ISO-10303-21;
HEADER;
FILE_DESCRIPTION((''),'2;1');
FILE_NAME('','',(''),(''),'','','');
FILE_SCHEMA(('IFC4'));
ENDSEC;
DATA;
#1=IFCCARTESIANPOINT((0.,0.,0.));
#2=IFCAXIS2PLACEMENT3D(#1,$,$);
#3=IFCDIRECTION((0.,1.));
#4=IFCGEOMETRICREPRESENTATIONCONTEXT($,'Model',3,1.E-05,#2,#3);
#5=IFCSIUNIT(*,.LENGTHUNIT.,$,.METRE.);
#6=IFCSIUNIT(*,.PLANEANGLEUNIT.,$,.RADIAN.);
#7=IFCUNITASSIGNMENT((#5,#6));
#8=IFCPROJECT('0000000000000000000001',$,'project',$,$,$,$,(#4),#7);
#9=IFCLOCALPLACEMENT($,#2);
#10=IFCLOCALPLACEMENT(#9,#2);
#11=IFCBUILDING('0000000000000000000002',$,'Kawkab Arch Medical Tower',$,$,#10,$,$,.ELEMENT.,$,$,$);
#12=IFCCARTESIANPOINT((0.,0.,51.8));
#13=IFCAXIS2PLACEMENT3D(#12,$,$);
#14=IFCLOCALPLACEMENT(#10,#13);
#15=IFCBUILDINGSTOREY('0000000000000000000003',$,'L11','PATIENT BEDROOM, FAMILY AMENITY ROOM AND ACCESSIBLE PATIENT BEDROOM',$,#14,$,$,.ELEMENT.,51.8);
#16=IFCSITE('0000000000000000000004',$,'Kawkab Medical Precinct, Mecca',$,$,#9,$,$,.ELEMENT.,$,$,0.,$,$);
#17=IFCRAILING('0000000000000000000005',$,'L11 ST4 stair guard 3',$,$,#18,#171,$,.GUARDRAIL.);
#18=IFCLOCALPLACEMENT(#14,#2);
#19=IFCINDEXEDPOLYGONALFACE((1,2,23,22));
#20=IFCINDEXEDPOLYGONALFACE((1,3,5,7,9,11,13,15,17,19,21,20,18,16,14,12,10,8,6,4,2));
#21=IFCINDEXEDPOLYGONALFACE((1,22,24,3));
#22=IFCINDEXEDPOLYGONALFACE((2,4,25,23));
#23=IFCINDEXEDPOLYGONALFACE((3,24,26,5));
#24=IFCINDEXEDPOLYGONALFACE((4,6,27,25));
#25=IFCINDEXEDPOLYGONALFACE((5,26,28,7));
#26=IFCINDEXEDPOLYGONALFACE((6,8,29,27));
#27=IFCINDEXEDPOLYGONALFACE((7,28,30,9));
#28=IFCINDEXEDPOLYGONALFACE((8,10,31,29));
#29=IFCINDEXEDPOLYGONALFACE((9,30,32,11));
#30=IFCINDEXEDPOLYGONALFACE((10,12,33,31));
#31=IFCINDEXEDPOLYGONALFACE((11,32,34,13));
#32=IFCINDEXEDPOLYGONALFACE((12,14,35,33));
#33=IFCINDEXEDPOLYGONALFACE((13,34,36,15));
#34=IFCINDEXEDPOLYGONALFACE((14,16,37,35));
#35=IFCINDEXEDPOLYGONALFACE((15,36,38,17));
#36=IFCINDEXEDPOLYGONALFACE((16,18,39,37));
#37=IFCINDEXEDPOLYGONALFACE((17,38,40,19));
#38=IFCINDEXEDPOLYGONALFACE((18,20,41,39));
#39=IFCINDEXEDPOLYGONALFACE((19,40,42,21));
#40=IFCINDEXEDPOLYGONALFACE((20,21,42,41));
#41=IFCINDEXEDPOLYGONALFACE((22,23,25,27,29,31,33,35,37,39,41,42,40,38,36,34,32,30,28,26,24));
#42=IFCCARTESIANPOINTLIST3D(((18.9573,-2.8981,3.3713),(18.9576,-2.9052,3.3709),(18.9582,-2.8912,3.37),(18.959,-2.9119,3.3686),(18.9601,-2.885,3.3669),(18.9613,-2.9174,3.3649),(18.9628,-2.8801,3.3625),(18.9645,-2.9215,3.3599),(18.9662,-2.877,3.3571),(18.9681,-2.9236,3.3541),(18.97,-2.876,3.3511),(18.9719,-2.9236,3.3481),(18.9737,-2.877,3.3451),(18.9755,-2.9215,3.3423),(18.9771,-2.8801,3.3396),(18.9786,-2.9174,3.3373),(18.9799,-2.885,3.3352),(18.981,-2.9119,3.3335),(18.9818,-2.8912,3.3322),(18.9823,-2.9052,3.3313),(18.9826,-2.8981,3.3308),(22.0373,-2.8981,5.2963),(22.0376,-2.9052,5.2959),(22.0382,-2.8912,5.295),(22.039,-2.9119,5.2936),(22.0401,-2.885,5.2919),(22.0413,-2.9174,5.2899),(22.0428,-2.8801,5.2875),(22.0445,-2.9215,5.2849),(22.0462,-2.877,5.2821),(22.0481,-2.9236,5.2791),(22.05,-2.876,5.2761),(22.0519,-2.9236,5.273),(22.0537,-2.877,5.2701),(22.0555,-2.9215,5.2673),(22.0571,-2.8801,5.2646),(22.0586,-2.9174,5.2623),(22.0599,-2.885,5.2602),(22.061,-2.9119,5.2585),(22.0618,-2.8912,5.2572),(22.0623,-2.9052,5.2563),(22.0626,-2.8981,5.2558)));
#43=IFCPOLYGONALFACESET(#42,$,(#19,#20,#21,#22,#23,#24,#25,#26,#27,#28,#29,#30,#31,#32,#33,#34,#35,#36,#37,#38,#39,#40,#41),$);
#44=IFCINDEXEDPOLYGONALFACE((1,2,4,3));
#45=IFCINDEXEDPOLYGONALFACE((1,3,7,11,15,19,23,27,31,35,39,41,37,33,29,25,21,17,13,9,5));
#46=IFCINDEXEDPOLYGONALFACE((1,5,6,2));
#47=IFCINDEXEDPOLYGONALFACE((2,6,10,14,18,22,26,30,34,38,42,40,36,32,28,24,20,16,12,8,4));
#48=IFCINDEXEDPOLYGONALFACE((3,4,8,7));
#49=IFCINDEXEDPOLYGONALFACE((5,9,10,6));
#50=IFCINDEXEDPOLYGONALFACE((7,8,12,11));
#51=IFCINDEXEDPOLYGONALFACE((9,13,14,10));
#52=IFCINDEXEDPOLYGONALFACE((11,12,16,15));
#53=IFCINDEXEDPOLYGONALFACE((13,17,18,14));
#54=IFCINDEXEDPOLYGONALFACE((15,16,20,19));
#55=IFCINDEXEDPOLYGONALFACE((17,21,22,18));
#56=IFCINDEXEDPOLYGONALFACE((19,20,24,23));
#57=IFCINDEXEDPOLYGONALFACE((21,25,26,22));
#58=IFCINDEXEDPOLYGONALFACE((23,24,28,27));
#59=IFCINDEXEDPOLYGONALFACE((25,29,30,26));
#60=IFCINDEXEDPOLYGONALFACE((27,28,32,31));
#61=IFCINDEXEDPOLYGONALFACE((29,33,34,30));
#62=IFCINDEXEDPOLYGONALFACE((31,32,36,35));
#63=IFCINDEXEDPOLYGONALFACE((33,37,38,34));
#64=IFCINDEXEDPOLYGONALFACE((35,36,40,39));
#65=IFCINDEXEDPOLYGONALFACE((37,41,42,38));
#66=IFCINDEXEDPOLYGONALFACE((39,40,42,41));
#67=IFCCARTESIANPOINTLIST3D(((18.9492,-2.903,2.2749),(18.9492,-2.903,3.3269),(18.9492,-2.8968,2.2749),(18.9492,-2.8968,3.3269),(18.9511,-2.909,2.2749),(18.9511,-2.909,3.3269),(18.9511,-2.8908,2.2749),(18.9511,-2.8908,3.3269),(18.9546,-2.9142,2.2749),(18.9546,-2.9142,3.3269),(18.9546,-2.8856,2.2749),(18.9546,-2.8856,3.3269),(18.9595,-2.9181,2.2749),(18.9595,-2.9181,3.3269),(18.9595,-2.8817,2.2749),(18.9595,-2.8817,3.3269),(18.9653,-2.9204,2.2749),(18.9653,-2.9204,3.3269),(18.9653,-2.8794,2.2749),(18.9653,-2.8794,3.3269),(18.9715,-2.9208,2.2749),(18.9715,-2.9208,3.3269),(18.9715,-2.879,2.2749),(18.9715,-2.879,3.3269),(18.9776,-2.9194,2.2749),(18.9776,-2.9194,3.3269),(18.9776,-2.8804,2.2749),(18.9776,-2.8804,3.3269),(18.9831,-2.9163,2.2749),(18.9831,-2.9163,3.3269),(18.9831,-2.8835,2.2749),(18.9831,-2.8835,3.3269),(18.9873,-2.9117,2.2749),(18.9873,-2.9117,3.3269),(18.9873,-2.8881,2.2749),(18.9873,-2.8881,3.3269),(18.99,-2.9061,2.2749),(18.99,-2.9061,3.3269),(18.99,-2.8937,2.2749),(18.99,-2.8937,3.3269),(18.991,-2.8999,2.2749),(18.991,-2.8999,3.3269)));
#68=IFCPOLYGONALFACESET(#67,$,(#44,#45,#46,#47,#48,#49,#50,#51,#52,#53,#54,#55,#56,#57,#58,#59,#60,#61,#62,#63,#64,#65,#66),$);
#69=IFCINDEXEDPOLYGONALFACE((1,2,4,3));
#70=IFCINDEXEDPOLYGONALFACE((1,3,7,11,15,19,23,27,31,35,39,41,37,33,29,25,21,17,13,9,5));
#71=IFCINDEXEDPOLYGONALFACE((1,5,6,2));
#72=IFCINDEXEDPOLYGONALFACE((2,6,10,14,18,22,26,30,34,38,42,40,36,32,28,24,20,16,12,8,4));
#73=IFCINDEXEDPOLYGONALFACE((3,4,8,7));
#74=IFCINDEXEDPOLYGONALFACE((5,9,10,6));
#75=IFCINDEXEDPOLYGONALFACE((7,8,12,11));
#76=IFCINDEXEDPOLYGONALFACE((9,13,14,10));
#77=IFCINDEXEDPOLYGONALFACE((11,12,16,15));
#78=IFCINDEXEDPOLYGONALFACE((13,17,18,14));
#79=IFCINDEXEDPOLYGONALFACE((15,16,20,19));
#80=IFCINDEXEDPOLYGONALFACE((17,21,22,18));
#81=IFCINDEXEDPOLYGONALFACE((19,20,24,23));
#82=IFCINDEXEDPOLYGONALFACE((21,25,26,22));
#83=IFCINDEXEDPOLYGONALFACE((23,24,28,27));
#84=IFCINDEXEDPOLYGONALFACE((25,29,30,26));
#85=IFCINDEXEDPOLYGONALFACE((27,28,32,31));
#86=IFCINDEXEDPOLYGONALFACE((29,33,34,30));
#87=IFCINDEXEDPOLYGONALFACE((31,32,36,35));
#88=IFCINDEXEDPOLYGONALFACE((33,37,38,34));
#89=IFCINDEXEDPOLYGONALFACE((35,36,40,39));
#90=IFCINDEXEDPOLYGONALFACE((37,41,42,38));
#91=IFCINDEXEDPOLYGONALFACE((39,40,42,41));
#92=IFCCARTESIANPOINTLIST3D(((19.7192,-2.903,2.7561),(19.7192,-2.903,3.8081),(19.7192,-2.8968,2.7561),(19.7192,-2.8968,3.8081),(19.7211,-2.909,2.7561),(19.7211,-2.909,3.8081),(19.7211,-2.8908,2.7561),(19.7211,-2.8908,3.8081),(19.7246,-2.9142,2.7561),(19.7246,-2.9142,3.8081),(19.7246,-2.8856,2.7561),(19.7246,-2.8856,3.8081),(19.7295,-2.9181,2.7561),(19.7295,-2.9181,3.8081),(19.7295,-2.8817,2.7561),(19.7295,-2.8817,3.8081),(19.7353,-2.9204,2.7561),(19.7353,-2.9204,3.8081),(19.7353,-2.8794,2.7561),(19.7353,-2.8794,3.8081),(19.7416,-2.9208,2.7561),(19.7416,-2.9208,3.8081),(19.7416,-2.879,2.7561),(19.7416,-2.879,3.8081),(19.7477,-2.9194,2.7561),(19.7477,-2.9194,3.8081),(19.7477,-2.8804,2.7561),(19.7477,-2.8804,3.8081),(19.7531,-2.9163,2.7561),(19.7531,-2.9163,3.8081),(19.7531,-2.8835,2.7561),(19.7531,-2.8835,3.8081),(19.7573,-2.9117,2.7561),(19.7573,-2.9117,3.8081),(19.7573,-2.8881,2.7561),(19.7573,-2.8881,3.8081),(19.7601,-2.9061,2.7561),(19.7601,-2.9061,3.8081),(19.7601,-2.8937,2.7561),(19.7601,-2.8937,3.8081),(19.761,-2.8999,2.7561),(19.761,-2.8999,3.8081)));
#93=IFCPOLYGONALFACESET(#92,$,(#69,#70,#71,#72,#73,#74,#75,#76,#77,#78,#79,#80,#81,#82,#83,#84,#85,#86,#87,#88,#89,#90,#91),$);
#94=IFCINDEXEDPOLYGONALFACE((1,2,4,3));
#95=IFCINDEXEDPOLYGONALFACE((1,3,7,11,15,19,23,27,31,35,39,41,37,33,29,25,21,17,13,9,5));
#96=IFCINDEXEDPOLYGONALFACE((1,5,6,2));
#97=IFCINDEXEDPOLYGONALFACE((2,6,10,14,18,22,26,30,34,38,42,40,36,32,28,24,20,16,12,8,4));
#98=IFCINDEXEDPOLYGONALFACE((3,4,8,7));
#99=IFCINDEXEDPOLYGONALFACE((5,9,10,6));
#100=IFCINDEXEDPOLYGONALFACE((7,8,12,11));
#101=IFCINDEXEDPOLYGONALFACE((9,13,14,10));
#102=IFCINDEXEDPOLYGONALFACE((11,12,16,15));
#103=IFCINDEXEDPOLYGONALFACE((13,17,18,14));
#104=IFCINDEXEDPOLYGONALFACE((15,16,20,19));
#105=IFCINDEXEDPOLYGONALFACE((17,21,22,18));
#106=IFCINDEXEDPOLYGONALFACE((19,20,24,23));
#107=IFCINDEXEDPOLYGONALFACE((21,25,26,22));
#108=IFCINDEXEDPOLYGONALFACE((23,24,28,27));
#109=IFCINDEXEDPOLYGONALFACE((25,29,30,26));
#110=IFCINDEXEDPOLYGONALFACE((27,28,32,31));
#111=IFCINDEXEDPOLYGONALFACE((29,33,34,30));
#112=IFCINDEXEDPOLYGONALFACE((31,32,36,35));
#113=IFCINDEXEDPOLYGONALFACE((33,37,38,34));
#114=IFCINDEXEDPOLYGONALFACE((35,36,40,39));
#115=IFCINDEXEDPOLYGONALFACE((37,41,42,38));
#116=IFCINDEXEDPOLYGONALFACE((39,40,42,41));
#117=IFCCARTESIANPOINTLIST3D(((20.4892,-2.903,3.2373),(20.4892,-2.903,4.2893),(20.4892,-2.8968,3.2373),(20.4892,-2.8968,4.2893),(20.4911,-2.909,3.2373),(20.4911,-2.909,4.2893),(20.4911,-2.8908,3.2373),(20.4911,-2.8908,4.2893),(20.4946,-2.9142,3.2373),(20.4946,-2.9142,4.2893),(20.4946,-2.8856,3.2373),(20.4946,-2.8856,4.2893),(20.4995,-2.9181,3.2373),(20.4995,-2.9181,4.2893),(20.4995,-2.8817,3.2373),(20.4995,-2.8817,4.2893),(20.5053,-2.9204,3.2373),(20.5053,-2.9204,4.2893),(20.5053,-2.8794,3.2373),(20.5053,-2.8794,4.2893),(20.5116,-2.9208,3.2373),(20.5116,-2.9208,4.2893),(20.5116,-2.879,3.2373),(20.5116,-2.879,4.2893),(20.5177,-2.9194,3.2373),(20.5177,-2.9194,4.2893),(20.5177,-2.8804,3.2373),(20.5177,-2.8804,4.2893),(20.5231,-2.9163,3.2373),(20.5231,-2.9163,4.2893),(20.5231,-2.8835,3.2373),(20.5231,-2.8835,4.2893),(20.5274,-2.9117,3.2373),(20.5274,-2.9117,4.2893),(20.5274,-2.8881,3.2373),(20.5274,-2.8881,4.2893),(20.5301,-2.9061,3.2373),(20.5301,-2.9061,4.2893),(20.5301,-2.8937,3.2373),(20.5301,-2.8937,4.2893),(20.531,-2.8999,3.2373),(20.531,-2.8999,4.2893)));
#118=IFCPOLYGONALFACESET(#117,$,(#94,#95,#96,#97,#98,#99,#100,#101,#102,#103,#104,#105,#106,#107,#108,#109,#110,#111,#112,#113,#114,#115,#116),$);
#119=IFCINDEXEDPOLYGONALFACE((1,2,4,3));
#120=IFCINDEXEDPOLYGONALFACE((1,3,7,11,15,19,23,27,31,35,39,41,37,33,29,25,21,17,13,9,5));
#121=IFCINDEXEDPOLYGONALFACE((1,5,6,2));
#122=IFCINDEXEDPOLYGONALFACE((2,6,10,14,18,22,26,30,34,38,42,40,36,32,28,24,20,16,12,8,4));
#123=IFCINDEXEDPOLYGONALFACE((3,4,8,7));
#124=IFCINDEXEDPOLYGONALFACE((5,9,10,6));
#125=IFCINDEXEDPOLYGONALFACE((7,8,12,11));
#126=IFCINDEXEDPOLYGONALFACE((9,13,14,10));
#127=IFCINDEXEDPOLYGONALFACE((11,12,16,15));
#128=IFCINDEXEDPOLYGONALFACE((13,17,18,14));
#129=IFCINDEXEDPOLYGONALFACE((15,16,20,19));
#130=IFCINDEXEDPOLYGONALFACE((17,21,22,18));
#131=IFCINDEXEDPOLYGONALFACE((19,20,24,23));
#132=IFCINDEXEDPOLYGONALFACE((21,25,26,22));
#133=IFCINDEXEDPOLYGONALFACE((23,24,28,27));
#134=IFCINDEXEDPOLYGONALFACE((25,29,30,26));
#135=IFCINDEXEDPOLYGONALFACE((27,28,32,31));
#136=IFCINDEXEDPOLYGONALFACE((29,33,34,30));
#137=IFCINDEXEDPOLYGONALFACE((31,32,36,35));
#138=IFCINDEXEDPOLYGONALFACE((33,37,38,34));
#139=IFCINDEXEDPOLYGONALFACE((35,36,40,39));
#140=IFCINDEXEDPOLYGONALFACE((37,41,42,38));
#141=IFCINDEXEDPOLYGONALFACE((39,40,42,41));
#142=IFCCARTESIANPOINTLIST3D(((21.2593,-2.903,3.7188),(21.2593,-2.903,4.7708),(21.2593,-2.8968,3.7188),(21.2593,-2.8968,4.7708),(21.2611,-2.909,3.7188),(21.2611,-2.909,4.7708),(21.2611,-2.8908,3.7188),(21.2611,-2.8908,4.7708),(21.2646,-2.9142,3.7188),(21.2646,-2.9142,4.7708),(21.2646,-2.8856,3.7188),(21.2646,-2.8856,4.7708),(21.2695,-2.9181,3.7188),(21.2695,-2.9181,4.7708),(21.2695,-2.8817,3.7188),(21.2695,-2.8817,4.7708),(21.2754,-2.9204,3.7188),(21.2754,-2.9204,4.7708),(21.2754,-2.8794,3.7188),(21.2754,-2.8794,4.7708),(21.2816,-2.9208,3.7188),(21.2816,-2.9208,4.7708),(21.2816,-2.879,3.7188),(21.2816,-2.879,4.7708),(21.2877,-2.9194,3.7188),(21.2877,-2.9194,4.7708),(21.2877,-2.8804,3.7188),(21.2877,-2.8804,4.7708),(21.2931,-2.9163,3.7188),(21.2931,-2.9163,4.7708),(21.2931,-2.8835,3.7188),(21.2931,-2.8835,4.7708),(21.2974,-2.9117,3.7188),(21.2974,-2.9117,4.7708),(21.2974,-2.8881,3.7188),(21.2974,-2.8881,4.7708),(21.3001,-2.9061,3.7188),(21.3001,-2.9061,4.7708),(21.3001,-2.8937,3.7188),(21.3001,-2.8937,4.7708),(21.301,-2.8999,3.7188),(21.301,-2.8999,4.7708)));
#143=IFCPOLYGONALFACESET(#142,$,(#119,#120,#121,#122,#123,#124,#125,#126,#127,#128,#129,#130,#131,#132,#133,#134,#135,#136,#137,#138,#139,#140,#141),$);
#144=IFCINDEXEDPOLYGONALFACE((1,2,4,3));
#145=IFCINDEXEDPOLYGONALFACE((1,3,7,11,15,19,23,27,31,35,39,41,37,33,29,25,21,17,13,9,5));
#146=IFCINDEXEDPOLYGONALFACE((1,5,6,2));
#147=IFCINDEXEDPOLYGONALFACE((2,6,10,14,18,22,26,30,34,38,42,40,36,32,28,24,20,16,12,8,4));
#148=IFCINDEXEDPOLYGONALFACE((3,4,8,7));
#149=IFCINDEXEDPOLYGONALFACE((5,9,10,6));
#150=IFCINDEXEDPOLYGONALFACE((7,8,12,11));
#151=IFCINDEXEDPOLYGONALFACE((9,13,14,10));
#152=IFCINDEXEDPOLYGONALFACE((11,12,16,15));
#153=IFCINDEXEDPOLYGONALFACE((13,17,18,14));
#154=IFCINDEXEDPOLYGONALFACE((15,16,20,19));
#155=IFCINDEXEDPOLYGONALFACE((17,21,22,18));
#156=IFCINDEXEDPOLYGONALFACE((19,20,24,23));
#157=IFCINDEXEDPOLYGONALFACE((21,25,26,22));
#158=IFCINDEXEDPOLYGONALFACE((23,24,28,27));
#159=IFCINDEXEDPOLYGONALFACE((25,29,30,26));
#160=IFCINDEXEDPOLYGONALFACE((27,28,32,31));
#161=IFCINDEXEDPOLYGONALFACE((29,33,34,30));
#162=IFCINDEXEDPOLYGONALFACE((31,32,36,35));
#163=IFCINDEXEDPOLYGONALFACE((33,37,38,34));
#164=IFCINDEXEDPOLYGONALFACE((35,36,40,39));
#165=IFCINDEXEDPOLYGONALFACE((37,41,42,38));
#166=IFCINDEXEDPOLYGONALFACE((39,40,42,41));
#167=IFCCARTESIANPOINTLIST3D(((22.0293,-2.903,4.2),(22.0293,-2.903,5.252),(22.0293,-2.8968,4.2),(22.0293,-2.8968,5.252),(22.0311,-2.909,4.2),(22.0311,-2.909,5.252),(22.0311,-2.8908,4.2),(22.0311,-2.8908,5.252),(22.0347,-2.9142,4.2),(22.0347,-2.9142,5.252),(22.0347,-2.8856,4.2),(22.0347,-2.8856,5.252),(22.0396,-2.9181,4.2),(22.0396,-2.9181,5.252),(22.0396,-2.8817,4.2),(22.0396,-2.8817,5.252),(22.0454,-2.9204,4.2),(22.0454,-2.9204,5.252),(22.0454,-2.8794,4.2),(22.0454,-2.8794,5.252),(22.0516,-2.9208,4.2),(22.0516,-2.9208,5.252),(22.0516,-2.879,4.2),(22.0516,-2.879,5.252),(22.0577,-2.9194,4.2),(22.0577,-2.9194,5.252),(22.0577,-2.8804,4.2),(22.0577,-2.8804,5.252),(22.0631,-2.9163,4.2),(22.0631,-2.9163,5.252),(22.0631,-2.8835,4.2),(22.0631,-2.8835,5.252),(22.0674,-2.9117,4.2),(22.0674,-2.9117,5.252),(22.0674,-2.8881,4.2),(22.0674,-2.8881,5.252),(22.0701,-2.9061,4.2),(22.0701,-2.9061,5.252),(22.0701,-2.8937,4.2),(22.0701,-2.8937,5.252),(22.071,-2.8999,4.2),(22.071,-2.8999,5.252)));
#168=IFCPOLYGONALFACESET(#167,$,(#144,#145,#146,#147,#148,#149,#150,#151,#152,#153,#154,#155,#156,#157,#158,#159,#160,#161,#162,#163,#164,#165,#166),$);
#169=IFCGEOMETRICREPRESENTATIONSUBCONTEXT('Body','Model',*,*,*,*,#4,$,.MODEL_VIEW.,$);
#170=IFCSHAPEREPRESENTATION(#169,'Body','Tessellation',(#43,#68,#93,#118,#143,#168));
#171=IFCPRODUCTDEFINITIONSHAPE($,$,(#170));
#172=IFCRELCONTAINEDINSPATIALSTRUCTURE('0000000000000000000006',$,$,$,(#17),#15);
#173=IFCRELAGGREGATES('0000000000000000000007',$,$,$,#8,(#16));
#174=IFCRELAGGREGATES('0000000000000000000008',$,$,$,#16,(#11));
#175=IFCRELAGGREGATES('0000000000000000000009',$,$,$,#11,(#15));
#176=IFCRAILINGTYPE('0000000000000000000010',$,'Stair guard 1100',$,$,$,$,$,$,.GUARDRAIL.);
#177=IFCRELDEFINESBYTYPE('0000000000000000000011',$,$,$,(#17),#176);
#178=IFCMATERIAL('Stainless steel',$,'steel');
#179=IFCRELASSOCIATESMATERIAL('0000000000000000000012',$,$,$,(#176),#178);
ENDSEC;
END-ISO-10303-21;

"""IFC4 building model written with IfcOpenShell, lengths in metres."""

from ifc_helpers import new_model, si_unit, direction, frame, origin, origin_2d, place, context, subcontext, project, spatial, circle, extrude, material, type_object, element, save


model = new_model("IFC4")

# Units and contexts
model_context = context("Model", 3, precision=1e-05, world=origin(), true_north=direction((0.0, 1.0)))
body_context = subcontext(model_context, "Body", "Model", "MODEL_VIEW")
ifc_project = project(units=[si_unit("LENGTHUNIT", "METRE"), si_unit("PLANEANGLEUNIT", "RADIAN")], contexts=[model_context])

# Site, building, storey
site_placement = place(None, origin())
site = spatial("IfcSite", under=ifc_project, at=site_placement, Name="Kawkab Medical Precinct, Mecca", CompositionType="ELEMENT", RefElevation=0.0)
building_placement = place(site_placement, origin())
building = spatial("IfcBuilding", under=site, at=building_placement, Name="Kawkab Arch Medical Tower", CompositionType="ELEMENT")
storey_placement = place(building_placement, frame((0.0, 0.0, 51.8)))
storey = spatial("IfcBuildingStorey", under=building, at=storey_placement, Name="L11", Description="PATIENT BEDROOM, FAMILY AMENITY ROOM AND ACCESSIBLE PATIENT BEDROOM", CompositionType="ELEMENT", Elevation=51.8)

# Railing
ifc_material_1 = material(Name="Stainless steel", Category="steel")
railing_type = type_object("IfcRailingType", Name="Stair guard 1100", PredefinedType="GUARDRAIL", material=ifc_material_1)
railing_1_placement = place(storey_placement, frame((18.97, -2.8999, 2.2749)))
element("IfcRailing", 1, at=railing_1_placement, inside=storey, type_object=railing_type, Name="L11 ST4 stair guard 3", PredefinedType="GUARDRAIL", context=body_context, shape_type="SweptSolid", body=[
    extrude(circle(Radius=0.0239, at=origin_2d()), frame((0.0, 0.0, 1.0762), z_axis=(0.847998, 0.0, 0.529999), x_axis=(0.0, 1.0, 0.0)), (0.0, 0.0, 1.0), 3.6321),
    extrude(circle(Radius=0.021, at=origin_2d()), origin(), (0.0, 0.0, 1.0), 1.052),
    extrude(circle(Radius=0.021, at=origin_2d()), frame((0.77, 0.0, 0.4812)), (0.0, 0.0, 1.0), 1.052),
    extrude(circle(Radius=0.021, at=origin_2d()), frame((1.54, 0.0, 0.9624)), (0.0, 0.0, 1.0), 1.052),
    extrude(circle(Radius=0.021, at=origin_2d()), frame((2.3101, 0.0, 1.4438)), (0.0, 0.0, 1.0), 1.052),
    extrude(circle(Radius=0.021, at=origin_2d()), frame((3.0801, 0.0, 1.925)), (0.0, 0.0, 1.0), 1.052),
])

save(model, "model.ifc")
